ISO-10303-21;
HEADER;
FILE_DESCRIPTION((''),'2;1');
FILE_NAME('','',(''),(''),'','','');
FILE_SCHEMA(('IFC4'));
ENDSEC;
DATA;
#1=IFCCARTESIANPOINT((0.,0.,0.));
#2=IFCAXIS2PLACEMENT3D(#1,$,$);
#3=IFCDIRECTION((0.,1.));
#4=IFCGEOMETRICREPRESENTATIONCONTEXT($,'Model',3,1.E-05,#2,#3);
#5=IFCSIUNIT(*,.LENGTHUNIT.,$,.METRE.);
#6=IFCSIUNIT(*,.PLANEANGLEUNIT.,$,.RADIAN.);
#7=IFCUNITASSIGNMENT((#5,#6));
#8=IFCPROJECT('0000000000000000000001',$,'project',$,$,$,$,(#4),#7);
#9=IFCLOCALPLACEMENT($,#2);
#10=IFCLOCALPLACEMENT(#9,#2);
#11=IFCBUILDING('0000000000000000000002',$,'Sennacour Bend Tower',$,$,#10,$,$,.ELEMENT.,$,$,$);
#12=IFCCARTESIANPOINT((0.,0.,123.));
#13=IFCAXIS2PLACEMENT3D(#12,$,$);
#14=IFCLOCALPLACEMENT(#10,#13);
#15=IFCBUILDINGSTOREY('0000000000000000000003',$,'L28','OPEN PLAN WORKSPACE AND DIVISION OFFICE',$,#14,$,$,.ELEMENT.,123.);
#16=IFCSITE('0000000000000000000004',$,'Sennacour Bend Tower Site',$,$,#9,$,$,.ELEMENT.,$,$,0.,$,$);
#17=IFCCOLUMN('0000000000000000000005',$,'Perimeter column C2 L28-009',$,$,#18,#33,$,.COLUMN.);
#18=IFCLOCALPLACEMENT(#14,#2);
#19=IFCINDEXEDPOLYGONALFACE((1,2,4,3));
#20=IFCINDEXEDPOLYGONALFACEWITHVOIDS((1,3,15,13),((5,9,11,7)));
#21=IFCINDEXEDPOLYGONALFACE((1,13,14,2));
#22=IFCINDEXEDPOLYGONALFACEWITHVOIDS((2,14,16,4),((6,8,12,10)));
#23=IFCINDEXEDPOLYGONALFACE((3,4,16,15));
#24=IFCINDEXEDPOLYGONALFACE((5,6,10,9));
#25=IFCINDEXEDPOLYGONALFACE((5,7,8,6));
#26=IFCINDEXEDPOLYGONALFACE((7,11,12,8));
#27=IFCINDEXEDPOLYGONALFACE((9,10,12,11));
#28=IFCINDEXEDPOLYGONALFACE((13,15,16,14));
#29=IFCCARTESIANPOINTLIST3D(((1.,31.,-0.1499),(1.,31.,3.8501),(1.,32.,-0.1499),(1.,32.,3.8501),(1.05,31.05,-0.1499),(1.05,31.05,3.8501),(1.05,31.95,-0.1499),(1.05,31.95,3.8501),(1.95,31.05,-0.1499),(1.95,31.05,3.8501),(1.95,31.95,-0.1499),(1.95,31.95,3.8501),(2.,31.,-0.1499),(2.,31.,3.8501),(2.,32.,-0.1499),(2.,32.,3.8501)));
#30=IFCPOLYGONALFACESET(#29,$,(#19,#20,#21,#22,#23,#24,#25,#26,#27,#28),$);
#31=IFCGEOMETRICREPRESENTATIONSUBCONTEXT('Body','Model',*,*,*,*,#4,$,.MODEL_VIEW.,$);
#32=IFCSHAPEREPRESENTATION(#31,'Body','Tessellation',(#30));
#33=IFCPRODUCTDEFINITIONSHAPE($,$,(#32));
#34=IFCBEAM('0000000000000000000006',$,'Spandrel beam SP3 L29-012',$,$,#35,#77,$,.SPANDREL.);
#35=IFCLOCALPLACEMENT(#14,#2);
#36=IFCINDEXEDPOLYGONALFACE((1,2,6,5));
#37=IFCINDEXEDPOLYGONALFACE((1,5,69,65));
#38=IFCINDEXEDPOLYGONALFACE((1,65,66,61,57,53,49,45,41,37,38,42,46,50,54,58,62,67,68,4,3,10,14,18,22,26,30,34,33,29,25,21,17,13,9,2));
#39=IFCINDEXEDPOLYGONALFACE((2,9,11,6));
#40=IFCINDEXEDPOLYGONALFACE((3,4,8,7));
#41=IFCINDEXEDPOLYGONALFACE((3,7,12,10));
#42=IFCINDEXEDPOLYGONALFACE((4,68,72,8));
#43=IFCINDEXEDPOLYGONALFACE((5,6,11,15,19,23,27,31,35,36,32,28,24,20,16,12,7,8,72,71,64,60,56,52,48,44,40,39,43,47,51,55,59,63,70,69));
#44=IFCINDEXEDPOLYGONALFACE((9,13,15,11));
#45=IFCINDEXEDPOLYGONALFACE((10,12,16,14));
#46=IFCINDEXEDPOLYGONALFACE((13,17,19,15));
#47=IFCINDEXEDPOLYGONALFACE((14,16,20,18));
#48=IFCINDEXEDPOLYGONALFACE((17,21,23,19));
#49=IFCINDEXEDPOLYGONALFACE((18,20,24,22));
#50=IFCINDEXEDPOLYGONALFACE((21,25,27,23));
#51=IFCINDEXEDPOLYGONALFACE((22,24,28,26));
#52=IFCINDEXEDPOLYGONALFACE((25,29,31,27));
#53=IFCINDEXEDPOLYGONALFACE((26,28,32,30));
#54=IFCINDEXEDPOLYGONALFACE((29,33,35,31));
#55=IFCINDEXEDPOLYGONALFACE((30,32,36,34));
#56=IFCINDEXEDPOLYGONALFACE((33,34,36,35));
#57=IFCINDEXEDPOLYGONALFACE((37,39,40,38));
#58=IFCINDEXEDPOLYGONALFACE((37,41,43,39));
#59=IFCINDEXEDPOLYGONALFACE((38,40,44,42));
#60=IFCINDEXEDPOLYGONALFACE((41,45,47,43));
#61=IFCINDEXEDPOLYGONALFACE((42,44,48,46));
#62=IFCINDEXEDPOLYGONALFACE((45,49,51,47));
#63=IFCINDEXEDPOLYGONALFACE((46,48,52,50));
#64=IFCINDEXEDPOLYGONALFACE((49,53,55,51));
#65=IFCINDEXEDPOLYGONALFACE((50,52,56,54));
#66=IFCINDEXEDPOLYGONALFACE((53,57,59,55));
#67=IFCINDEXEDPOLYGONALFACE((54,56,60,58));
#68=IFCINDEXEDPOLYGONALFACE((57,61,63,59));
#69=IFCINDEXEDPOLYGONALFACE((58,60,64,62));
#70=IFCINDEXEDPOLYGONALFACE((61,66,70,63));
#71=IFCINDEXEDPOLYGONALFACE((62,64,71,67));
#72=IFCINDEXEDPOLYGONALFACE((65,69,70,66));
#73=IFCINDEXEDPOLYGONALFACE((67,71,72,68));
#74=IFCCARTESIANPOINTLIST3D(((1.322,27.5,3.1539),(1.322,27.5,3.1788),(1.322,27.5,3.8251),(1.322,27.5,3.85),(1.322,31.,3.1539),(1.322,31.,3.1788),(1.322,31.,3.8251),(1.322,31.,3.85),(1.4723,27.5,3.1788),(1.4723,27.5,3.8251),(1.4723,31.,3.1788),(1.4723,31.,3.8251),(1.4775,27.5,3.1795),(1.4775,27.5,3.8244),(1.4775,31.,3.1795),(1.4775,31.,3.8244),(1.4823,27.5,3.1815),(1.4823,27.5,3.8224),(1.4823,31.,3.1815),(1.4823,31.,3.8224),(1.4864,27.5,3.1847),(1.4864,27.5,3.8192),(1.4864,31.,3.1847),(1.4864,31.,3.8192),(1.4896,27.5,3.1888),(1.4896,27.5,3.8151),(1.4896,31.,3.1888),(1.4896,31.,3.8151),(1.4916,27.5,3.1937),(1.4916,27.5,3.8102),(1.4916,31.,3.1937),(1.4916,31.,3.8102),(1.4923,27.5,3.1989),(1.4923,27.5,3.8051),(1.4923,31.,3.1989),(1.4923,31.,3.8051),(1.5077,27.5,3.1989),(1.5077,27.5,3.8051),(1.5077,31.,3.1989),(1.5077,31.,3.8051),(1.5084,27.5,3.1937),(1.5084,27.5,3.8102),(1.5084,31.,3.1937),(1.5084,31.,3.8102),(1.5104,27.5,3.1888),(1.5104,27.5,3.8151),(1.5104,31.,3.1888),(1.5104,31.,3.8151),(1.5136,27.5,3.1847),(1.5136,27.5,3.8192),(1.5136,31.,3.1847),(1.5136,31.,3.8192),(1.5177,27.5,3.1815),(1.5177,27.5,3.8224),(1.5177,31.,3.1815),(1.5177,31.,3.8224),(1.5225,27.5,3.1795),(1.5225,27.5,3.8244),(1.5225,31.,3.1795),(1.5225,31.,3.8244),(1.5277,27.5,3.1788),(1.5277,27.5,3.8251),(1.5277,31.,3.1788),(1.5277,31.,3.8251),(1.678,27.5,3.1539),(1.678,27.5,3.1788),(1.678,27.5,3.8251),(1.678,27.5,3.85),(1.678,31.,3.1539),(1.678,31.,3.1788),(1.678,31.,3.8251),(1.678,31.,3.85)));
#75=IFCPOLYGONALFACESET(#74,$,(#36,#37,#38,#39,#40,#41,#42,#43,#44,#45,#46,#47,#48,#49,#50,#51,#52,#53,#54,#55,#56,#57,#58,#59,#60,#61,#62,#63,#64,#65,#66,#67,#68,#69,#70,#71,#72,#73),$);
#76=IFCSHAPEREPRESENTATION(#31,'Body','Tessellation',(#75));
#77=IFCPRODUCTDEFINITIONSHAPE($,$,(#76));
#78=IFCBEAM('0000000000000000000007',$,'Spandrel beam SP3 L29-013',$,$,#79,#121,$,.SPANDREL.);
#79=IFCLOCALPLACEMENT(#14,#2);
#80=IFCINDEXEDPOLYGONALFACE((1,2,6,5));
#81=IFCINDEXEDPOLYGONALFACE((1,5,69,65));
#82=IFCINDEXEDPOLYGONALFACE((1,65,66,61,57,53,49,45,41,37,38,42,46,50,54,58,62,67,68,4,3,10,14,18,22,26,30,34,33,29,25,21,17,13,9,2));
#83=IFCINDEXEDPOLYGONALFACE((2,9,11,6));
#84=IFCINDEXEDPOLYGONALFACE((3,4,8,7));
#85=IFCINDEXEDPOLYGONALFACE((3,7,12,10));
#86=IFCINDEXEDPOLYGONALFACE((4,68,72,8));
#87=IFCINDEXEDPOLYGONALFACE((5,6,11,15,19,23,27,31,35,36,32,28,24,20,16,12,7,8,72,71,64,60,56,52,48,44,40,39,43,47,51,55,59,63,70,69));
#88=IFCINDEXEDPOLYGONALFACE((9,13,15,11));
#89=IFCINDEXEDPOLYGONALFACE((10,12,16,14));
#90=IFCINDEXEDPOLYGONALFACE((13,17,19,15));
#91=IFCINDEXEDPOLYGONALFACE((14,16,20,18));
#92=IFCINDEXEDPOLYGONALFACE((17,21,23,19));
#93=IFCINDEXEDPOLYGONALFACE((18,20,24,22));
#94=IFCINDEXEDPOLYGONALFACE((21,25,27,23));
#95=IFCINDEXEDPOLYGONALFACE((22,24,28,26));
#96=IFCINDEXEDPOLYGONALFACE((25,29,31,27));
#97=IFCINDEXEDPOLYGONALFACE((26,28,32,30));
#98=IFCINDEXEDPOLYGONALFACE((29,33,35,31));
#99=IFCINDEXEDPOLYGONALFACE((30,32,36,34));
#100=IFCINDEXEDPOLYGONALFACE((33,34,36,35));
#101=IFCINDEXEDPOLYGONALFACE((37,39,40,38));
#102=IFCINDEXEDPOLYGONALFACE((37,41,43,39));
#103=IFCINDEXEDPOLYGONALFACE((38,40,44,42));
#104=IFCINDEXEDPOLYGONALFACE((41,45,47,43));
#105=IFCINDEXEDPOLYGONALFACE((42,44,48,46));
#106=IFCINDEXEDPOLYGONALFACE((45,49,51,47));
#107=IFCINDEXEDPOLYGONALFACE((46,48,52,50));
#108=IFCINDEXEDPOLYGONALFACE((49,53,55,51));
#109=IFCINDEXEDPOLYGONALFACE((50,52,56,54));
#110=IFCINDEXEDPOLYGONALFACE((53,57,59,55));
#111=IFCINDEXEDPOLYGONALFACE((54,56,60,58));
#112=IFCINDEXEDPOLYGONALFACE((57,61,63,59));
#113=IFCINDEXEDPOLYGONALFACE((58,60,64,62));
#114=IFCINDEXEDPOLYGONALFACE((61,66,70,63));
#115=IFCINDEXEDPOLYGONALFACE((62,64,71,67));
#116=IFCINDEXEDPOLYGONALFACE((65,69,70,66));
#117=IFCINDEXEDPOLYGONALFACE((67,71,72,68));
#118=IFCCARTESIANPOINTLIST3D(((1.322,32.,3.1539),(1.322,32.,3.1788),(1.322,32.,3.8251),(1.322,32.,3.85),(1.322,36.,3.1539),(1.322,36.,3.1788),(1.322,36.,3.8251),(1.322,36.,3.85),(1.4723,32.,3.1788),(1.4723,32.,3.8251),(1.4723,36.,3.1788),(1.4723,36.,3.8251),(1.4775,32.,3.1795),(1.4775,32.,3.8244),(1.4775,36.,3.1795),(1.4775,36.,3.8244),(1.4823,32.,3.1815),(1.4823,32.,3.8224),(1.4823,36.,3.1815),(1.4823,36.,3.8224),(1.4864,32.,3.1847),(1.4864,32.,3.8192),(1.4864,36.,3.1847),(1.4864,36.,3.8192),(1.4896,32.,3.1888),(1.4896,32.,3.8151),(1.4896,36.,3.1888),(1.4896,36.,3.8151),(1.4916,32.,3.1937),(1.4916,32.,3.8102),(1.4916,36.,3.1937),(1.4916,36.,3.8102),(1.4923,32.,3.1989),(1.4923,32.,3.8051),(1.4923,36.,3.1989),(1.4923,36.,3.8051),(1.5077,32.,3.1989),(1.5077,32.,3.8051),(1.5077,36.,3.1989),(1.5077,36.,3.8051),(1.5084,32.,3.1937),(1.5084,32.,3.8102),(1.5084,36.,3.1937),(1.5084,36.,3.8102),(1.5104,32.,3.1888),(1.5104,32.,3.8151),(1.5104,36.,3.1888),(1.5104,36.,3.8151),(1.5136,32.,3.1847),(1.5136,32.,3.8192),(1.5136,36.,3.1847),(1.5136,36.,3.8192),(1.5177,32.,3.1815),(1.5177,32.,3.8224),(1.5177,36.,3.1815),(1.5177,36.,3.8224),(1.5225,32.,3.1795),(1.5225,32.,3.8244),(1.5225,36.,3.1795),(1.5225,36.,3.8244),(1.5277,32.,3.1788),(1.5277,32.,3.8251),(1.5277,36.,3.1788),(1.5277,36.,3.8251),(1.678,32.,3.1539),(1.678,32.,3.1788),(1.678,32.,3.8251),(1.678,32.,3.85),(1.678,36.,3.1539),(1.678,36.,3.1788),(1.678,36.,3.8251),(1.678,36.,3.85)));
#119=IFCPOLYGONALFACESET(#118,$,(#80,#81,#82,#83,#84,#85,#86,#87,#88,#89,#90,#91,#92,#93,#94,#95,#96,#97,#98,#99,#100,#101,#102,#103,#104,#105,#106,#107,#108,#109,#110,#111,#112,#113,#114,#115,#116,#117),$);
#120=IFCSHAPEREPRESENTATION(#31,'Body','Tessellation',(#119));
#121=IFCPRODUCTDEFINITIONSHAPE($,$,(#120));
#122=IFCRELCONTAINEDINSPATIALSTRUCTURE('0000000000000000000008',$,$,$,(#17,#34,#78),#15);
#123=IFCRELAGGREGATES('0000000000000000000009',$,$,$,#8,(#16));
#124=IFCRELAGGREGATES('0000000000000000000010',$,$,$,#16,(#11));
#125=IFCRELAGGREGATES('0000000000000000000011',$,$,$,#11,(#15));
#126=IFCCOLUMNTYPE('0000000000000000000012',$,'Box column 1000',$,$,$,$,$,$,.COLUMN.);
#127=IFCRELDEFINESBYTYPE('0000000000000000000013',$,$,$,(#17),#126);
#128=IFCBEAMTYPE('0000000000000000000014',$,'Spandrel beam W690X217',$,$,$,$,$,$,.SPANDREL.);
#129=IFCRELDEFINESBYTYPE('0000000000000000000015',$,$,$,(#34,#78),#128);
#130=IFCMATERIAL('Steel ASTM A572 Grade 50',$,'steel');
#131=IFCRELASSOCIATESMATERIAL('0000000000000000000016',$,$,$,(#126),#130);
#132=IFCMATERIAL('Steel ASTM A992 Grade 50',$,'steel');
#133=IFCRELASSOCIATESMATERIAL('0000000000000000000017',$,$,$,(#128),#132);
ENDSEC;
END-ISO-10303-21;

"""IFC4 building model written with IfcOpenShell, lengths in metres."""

from ifc_helpers import new_model, si_unit, direction, frame, origin, origin_2d, place, context, subcontext, project, spatial, hollow_rectangle, i_section, extrude, material, material_profile, profile_set, type_object, element, save


model = new_model("IFC4")

# Units and contexts
model_context = context("Model", 3, precision=1e-05, world=origin(), true_north=direction((0.0, 1.0)))
body_context = subcontext(model_context, "Body", "Model", "MODEL_VIEW")
ifc_project = project(units=[si_unit("LENGTHUNIT", "METRE"), si_unit("PLANEANGLEUNIT", "RADIAN")], contexts=[model_context])

# Site, building, storey
site_placement = place(None, origin())
site = spatial("IfcSite", under=ifc_project, at=site_placement, Name="Sennacour Bend Tower Site", CompositionType="ELEMENT", RefElevation=0.0)
building_placement = place(site_placement, origin())
building = spatial("IfcBuilding", under=site, at=building_placement, Name="Sennacour Bend Tower", CompositionType="ELEMENT")
storey_placement = place(building_placement, frame((0.0, 0.0, 123.0)))
storey = spatial("IfcBuildingStorey", under=building, at=storey_placement, Name="L28", Description="OPEN PLAN WORKSPACE AND DIVISION OFFICE", CompositionType="ELEMENT", Elevation=123.0)

# Column
ifc_material_1 = material(Name="Steel ASTM A572 Grade 50", Category="steel")
ifc_material_profile_1 = material_profile(ifc_material_1, hollow_rectangle(XDim=1.0, YDim=1.0, WallThickness=0.05, at=origin_2d()), Name="Steel ASTM A572 Grade 50", Category="steel")
ifc_profile_set_1 = profile_set([ifc_material_profile_1], Name="Steel ASTM A572 Grade 50")
column_type = type_object("IfcColumnType", Name="Box column 1000", PredefinedType="COLUMN", material=ifc_profile_set_1)
column_placement = place(storey_placement, frame((1.5, 31.5, -0.1499), z_axis=(0.0, 0.0, 1.0), x_axis=(1.0, 0.0, 0.0)))
element("IfcColumn", 1, at=column_placement, inside=storey, type_object=column_type, Name="Perimeter column C2 L28-009", PredefinedType="COLUMN", context=body_context, shape_type="SweptSolid", body=[
    extrude(hollow_rectangle(XDim=1.0, YDim=1.0, WallThickness=0.05, at=origin_2d()), origin(), (0.0, 0.0, 1.0), 4.0),
])

# Beams
ifc_material_2 = material(Name="Steel ASTM A992 Grade 50", Category="steel")
ifc_material_profile_2 = material_profile(ifc_material_2, i_section(OverallWidth=0.356, OverallDepth=0.696, WebThickness=0.0154, FlangeThickness=0.0249, FilletRadius=0.02, at=origin_2d()), Name="Steel ASTM A992 Grade 50", Category="steel")
ifc_profile_set_2 = profile_set([ifc_material_profile_2], Name="Steel ASTM A992 Grade 50")
beam_type = type_object("IfcBeamType", Name="Spandrel beam W690X217", PredefinedType="SPANDREL", material=ifc_profile_set_2)
beam_1_placement = place(storey_placement, frame((1.5, 27.5, 3.502), z_axis=(0.0, 1.0, 0.0), x_axis=(-1.0, 0.0, 0.0)))
element("IfcBeam", 2, at=beam_1_placement, inside=storey, type_object=beam_type, Name="Spandrel beam SP3 L29-012", PredefinedType="SPANDREL", context=body_context, shape_type="SweptSolid", body=[
    extrude(i_section(OverallWidth=0.356, OverallDepth=0.696, WebThickness=0.0154, FlangeThickness=0.0249, FilletRadius=0.02, at=origin_2d()), origin(), (0.0, 0.0, 1.0), 3.5),
])
beam_2_placement = place(storey_placement, frame((1.5, 32.0, 3.502), z_axis=(0.0, 1.0, 0.0), x_axis=(-1.0, 0.0, 0.0)))
element("IfcBeam", 3, at=beam_2_placement, inside=storey, type_object=beam_type, Name="Spandrel beam SP3 L29-013", PredefinedType="SPANDREL", context=body_context, shape_type="SweptSolid", body=[
    extrude(i_section(OverallWidth=0.356, OverallDepth=0.696, WebThickness=0.0154, FlangeThickness=0.0249, FilletRadius=0.02, at=origin_2d()), origin(), (0.0, 0.0, 1.0), 4.0),
])

save(model, "model.ifc")
